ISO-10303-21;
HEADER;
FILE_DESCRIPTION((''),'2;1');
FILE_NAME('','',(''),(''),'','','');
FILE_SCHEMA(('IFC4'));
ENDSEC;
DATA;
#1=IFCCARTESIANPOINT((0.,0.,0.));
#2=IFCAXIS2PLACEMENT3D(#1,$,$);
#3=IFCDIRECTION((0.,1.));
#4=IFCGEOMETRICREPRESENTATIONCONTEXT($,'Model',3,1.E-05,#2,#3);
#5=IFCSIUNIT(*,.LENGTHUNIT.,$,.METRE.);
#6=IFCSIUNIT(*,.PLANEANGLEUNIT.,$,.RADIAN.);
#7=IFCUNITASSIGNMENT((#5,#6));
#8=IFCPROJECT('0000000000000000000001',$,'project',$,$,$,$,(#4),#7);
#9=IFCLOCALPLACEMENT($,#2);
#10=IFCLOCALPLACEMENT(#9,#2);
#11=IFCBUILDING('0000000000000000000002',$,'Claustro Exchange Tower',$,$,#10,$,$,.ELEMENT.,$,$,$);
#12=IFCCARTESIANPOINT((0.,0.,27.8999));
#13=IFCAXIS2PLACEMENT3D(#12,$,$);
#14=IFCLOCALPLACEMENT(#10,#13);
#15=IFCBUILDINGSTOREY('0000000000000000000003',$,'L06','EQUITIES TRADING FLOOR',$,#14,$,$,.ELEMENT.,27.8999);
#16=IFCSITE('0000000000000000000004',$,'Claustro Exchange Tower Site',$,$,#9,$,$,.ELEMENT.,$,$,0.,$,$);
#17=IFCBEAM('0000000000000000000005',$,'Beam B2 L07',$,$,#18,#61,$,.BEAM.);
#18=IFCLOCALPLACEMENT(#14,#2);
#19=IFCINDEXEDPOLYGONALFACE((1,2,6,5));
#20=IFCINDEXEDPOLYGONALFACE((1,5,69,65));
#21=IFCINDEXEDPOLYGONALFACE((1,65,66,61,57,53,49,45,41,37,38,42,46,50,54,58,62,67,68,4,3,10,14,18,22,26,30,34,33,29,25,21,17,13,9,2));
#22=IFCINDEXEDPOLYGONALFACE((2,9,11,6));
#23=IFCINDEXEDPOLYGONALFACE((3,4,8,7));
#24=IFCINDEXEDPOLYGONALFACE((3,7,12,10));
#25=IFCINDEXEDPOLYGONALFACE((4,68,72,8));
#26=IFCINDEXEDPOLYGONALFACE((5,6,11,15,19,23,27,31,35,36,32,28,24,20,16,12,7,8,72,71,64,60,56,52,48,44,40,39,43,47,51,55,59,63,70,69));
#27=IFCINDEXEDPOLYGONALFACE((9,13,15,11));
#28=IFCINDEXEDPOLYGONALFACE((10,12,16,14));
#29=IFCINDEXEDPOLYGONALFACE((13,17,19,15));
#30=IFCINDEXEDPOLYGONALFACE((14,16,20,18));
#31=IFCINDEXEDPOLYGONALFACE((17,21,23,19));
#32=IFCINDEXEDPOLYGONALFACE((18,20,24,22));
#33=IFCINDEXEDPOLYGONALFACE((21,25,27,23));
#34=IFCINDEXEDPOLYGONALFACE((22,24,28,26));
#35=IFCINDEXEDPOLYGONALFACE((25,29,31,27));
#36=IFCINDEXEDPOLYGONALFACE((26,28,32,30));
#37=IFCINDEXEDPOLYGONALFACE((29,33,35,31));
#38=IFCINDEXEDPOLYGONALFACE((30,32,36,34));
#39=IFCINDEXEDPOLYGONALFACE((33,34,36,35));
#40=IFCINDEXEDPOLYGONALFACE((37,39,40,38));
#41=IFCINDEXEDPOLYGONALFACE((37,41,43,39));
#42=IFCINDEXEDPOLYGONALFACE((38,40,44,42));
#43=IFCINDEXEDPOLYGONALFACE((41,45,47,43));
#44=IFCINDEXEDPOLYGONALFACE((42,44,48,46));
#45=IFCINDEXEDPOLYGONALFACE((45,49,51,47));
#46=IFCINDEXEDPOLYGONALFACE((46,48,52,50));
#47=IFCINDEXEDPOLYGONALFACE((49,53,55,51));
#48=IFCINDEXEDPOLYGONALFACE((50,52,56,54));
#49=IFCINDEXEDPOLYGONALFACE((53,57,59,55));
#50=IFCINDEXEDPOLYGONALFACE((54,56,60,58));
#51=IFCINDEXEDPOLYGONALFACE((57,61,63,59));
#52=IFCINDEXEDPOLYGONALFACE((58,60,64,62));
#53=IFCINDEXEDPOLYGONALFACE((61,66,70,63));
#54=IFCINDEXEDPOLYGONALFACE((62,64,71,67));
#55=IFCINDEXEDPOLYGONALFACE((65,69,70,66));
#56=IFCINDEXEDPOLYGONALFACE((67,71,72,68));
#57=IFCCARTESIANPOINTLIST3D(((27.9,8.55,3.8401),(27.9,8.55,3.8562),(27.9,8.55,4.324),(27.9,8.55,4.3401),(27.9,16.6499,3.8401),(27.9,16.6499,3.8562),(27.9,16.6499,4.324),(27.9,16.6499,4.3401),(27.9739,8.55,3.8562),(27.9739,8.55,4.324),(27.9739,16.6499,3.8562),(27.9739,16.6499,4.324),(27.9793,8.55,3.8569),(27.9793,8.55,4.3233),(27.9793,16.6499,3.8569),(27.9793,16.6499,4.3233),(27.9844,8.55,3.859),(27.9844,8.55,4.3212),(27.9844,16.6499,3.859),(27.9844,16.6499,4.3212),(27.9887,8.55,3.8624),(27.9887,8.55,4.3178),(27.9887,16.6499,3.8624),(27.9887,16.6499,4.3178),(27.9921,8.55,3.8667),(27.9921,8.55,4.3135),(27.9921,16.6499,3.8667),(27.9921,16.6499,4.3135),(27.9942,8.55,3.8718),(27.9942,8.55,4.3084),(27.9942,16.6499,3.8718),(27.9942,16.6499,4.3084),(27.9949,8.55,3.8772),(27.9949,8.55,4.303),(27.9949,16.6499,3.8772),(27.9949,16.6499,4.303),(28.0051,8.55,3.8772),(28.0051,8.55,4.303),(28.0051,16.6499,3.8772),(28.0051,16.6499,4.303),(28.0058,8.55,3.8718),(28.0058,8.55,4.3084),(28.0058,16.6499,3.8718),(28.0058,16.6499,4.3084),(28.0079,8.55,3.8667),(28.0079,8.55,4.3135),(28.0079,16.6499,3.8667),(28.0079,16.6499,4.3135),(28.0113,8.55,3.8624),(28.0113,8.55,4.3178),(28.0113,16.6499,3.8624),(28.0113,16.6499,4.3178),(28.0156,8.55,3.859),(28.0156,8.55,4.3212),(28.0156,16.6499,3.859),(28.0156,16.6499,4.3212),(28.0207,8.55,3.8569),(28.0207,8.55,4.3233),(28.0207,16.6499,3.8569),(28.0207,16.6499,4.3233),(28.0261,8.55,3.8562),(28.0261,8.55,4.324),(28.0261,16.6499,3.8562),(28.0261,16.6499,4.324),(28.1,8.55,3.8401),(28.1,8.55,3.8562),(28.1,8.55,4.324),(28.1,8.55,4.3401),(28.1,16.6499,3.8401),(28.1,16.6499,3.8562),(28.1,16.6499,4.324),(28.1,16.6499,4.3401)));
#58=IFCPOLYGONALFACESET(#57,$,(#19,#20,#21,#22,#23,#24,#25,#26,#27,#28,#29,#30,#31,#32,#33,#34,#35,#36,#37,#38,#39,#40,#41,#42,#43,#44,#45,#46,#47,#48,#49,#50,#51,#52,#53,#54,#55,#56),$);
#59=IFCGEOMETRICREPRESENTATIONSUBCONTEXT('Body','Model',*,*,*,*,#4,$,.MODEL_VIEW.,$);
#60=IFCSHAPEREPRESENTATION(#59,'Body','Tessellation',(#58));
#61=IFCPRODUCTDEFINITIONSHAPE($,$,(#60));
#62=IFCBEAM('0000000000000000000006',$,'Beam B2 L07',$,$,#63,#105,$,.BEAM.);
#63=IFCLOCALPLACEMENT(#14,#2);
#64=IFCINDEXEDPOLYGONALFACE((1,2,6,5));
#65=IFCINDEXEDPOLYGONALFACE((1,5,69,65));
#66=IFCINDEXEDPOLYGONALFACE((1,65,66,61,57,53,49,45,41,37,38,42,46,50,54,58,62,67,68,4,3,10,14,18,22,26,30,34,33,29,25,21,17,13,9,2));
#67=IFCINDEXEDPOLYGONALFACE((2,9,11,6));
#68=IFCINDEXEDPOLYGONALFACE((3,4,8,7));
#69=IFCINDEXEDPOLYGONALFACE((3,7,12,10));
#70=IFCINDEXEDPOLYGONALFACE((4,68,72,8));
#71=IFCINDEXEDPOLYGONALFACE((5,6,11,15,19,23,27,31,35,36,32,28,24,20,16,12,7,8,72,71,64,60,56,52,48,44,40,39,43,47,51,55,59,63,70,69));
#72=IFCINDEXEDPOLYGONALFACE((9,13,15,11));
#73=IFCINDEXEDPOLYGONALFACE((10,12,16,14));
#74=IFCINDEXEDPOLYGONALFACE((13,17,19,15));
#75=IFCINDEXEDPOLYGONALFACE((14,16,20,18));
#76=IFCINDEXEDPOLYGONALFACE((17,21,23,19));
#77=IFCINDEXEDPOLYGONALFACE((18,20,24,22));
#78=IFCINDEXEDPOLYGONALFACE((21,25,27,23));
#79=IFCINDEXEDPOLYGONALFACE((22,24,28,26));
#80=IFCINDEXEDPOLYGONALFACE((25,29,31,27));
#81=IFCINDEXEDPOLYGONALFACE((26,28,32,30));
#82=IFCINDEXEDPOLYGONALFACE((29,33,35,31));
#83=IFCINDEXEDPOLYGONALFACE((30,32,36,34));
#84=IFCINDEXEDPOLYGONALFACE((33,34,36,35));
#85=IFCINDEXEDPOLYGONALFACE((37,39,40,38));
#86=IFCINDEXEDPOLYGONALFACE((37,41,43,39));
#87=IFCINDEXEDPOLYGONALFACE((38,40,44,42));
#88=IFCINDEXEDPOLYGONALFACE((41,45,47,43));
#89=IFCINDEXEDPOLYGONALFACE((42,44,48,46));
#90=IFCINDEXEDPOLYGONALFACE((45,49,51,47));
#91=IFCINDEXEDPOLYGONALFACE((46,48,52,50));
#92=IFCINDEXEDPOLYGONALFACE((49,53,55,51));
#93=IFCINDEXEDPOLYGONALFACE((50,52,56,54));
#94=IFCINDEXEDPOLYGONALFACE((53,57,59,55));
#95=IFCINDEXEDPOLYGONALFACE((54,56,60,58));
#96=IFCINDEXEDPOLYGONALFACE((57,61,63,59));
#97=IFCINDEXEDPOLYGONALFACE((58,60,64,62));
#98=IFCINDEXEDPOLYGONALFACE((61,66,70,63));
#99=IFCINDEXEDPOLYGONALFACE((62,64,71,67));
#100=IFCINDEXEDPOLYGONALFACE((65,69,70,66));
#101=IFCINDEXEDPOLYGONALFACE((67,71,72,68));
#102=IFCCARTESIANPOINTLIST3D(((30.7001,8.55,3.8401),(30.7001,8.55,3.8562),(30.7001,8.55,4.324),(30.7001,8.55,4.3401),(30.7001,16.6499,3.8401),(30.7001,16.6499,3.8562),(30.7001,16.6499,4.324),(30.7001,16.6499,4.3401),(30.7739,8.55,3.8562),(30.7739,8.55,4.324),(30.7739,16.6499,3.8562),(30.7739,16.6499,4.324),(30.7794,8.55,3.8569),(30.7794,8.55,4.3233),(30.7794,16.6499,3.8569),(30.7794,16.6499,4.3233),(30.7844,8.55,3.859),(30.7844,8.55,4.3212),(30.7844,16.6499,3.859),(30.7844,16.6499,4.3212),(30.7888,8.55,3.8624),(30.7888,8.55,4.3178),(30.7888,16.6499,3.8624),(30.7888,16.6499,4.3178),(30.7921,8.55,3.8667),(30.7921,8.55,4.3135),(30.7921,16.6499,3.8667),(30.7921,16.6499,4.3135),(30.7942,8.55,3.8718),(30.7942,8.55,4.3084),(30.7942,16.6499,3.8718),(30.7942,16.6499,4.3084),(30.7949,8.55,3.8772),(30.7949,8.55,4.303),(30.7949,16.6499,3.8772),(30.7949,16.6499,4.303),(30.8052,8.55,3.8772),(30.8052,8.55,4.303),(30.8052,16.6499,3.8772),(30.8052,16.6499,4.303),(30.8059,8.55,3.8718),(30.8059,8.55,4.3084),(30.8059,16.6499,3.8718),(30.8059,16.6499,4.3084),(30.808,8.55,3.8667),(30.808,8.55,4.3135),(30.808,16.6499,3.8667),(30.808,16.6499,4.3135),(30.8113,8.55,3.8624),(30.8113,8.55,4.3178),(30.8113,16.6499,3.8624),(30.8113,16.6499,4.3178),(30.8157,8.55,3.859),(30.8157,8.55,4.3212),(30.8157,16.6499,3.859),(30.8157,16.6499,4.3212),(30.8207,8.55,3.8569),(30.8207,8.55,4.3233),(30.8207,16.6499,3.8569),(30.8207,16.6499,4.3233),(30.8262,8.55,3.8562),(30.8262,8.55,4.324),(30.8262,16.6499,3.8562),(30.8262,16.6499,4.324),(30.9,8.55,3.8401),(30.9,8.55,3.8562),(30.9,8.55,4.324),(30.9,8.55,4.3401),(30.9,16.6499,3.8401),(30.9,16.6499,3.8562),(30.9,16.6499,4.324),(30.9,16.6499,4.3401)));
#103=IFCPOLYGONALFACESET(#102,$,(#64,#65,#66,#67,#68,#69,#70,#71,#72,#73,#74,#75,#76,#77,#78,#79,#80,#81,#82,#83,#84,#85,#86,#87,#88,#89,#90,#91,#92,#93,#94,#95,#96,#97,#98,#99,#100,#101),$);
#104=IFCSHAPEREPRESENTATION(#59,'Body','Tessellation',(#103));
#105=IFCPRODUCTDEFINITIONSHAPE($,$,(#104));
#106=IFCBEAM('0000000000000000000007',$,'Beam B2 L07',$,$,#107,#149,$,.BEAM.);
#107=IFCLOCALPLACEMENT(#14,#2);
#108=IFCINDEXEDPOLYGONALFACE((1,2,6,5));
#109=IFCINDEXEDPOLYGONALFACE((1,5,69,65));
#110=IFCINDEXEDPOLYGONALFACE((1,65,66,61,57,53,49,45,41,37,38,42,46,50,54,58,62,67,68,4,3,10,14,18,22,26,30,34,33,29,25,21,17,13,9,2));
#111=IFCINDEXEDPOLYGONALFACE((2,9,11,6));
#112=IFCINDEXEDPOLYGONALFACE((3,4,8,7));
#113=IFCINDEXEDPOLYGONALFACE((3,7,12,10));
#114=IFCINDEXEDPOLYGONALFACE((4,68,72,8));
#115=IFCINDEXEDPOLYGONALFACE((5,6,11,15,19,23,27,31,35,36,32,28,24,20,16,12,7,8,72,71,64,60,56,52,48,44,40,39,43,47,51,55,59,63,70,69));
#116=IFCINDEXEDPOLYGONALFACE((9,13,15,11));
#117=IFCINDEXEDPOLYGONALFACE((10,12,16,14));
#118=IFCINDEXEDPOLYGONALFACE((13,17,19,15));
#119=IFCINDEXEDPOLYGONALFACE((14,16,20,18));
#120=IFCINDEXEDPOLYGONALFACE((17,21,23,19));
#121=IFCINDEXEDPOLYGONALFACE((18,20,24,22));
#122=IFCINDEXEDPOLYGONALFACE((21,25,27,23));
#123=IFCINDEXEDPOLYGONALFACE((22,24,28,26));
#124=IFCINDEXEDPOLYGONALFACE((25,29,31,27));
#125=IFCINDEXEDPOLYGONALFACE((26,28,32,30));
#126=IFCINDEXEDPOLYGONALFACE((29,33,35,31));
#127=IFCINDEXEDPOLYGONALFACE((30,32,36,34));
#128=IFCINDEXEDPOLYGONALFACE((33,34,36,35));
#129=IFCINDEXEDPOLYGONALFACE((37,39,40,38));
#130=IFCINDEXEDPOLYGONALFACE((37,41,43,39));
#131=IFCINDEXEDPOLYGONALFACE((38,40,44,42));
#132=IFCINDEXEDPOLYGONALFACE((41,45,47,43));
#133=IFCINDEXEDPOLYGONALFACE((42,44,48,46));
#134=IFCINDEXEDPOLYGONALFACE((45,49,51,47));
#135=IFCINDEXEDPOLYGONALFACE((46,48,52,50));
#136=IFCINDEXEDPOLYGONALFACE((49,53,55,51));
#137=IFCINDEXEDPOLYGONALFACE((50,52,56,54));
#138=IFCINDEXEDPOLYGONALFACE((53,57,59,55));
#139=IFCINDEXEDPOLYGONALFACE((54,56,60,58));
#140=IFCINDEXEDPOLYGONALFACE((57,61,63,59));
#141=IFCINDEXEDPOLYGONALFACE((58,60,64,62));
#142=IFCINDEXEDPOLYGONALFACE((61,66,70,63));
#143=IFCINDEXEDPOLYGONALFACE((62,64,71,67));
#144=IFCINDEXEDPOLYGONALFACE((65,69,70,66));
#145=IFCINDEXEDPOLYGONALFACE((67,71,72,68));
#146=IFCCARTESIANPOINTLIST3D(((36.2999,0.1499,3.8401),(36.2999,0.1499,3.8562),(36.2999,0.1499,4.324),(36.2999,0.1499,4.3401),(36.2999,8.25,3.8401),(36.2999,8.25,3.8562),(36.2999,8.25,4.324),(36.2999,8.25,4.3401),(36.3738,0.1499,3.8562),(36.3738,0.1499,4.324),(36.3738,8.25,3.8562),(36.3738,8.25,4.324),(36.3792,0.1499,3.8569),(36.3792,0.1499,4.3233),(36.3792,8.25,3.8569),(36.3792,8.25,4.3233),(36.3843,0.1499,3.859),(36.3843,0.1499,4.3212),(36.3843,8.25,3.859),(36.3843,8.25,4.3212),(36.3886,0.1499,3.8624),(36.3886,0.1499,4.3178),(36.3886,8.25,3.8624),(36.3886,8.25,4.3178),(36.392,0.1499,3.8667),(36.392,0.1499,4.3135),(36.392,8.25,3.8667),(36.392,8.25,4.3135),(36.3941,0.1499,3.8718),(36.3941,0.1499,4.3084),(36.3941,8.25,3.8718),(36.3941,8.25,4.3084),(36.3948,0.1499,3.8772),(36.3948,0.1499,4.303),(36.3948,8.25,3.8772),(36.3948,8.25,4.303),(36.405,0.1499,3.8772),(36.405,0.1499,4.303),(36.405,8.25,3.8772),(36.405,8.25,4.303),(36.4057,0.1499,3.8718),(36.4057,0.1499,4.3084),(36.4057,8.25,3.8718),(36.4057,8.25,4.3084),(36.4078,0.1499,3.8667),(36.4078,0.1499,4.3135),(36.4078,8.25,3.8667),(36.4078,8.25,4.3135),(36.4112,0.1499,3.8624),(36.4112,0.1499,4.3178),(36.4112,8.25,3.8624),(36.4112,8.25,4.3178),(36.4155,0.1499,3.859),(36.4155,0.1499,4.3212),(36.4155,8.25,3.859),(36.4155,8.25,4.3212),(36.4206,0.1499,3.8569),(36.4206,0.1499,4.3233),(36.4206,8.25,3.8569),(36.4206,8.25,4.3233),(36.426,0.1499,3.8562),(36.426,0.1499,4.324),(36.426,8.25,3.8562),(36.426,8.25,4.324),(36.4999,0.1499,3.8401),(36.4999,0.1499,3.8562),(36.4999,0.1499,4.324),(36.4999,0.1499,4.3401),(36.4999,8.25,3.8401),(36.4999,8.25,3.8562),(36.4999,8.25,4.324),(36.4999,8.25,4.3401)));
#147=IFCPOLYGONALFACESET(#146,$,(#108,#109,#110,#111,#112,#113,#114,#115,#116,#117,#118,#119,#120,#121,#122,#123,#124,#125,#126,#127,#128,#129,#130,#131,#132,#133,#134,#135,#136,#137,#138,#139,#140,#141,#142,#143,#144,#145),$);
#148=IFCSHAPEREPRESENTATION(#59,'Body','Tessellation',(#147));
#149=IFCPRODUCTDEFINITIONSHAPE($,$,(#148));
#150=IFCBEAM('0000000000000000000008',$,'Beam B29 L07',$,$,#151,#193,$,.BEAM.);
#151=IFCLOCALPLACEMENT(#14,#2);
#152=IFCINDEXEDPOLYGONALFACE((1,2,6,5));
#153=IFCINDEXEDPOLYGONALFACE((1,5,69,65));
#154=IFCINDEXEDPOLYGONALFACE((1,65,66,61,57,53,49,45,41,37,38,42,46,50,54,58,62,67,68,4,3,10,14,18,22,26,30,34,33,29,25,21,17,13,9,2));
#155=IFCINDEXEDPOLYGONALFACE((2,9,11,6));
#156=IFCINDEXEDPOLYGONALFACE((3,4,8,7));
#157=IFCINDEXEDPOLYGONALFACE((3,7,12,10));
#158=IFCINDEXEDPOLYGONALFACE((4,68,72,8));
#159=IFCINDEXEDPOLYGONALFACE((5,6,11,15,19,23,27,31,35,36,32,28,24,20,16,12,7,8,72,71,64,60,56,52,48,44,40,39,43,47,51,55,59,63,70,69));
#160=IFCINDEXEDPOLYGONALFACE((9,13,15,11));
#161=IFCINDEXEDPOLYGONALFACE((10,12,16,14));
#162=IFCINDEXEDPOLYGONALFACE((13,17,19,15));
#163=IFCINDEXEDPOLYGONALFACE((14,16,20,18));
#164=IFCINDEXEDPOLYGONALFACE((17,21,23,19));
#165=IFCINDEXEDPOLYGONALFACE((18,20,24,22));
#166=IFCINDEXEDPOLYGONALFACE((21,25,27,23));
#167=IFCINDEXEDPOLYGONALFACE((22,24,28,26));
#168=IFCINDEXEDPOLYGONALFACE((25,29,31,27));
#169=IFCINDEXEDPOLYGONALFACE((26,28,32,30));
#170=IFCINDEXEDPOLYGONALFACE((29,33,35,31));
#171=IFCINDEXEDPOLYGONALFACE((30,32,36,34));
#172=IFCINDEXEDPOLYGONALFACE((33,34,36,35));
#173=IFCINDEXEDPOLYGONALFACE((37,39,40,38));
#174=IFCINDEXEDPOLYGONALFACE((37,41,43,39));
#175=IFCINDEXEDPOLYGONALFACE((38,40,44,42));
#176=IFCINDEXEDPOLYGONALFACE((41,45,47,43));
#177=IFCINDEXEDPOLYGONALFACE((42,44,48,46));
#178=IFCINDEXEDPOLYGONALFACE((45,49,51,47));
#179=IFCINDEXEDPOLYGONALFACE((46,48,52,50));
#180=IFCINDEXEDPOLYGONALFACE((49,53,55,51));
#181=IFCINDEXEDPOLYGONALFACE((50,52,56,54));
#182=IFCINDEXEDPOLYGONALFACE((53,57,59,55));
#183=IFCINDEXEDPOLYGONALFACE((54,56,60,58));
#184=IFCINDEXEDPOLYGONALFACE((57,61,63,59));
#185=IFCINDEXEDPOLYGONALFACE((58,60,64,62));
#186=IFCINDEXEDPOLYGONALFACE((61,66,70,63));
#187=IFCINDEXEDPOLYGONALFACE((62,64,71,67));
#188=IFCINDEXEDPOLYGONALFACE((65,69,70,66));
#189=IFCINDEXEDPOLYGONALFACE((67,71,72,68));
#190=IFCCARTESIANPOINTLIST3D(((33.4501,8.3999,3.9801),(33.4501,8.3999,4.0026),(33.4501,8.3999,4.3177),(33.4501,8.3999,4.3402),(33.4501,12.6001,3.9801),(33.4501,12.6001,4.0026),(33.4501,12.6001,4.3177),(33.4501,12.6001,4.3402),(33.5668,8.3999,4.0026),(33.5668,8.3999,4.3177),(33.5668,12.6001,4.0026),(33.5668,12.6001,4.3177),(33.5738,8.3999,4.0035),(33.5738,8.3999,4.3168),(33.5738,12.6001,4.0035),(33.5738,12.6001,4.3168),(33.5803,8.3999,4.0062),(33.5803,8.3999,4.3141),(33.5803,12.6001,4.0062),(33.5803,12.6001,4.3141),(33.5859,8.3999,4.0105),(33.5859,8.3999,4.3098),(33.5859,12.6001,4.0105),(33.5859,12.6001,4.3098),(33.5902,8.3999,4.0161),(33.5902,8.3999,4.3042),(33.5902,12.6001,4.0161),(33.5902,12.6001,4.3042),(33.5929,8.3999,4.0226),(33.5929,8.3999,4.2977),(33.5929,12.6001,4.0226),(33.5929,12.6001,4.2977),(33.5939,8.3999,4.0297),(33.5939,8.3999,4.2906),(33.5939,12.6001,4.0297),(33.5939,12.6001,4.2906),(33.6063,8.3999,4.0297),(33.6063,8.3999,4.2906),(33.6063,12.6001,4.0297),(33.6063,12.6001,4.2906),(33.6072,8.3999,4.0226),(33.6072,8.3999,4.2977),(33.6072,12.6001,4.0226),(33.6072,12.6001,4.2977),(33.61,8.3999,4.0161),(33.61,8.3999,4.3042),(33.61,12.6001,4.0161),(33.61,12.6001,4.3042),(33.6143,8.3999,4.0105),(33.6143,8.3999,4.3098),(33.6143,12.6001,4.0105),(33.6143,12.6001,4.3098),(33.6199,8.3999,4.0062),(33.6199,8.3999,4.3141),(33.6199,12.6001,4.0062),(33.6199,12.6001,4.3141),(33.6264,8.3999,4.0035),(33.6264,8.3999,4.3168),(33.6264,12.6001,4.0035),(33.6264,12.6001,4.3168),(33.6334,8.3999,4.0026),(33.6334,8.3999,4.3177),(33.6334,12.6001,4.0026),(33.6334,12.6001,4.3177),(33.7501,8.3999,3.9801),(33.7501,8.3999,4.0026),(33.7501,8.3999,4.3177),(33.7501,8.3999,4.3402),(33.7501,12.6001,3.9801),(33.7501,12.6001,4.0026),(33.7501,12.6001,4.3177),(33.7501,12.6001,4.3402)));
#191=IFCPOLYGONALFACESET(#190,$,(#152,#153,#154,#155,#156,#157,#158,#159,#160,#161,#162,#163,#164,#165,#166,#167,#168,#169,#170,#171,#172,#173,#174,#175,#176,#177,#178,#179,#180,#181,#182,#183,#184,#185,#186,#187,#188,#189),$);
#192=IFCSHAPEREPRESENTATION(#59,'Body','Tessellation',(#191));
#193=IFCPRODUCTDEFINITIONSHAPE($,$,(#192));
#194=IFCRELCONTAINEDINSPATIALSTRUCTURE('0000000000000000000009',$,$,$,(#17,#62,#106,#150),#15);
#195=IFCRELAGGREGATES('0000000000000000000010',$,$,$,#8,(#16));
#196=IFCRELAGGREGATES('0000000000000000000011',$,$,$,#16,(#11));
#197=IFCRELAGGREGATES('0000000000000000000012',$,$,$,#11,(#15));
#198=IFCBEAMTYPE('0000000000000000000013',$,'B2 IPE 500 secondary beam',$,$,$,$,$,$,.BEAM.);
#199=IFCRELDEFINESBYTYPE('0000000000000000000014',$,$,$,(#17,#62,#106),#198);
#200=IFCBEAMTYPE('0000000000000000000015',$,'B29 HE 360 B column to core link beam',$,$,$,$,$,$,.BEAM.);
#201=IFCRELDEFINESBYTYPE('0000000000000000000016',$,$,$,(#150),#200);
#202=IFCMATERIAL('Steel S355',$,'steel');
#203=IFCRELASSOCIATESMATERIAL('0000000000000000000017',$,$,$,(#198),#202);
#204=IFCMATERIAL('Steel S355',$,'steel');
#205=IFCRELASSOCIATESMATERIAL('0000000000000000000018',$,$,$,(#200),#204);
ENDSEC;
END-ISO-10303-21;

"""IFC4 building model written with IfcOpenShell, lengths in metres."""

from ifc_helpers import new_model, si_unit, direction, frame, origin, origin_2d, place, context, subcontext, project, spatial, i_section, extrude, material, material_profile, profile_set, type_object, element, save


model = new_model("IFC4")

# Units and contexts
model_context = context("Model", 3, precision=1e-05, world=origin(), true_north=direction((0.0, 1.0)))
body_context = subcontext(model_context, "Body", "Model", "MODEL_VIEW")
ifc_project = project(units=[si_unit("LENGTHUNIT", "METRE"), si_unit("PLANEANGLEUNIT", "RADIAN")], contexts=[model_context])

# Site, building, storey
site_placement = place(None, origin())
site = spatial("IfcSite", under=ifc_project, at=site_placement, Name="Claustro Exchange Tower Site", CompositionType="ELEMENT", RefElevation=0.0)
building_placement = place(site_placement, origin())
building = spatial("IfcBuilding", under=site, at=building_placement, Name="Claustro Exchange Tower", CompositionType="ELEMENT")
storey_placement = place(building_placement, frame((0.0, 0.0, 27.8999)))
storey = spatial("IfcBuildingStorey", under=building, at=storey_placement, Name="L06", Description="EQUITIES TRADING FLOOR", CompositionType="ELEMENT", Elevation=27.8999)

# Beams
ifc_material_1 = material(Name="Steel S355", Category="steel")
ifc_material_profile_1 = material_profile(ifc_material_1, i_section(OverallWidth=0.2, OverallDepth=0.5, WebThickness=0.0103, FlangeThickness=0.0161, FilletRadius=0.021, at=origin_2d()), Name="IPE 500")
ifc_profile_set_1 = profile_set([ifc_material_profile_1], Name="Steel S355")
beam_type_1 = type_object("IfcBeamType", Name="B2 IPE 500 secondary beam", PredefinedType="BEAM", material=ifc_profile_set_1)
for number, where, z_axis, x_axis, name in (
    (1, (28.0, 8.55, 4.0901), (0.0, 1.0, 0.0), (-1.0, 0.0, 0.0), "Beam B2 L07"),
    (2, (30.8, 8.55, 4.0901), (0.0, 1.0, 0.0), (-1.0, 0.0, 0.0), "Beam B2 L07"),
):
    element("IfcBeam", number, at=place(storey_placement, frame(where, z_axis=z_axis, x_axis=x_axis)), inside=storey, type_object=beam_type_1, Name=name, PredefinedType="BEAM", context=body_context, shape_type="SweptSolid", body=[
        extrude(i_section(OverallWidth=0.2, OverallDepth=0.5, WebThickness=0.0103, FlangeThickness=0.0161, FilletRadius=0.021, at=origin_2d()), origin(), (0.0, 0.0, 1.0), 8.0999),
    ])
beam_1_placement = place(storey_placement, frame((36.3999, 0.1499, 4.0901), z_axis=(0.0, 1.0, 0.0), x_axis=(-1.0, 0.0, 0.0)))
element("IfcBeam", 3, at=beam_1_placement, inside=storey, type_object=beam_type_1, Name="Beam B2 L07", PredefinedType="BEAM", context=body_context, shape_type="SweptSolid", body=[
    extrude(i_section(OverallWidth=0.2, OverallDepth=0.5, WebThickness=0.0103, FlangeThickness=0.0161, FilletRadius=0.021, at=origin_2d()), origin(), (0.0, 0.0, 1.0), 8.1001),
])
ifc_material_2 = material(Name="Steel S355", Category="steel")
ifc_material_profile_2 = material_profile(ifc_material_2, i_section(OverallWidth=0.3, OverallDepth=0.3601, WebThickness=0.0125, FlangeThickness=0.0225, FilletRadius=0.0271, at=origin_2d()), Name="HE 360 B")
ifc_profile_set_2 = profile_set([ifc_material_profile_2], Name="Steel S355")
beam_type_2 = type_object("IfcBeamType", Name="B29 HE 360 B column to core link beam", PredefinedType="BEAM", material=ifc_profile_set_2)
beam_2_placement = place(storey_placement, frame((33.6001, 8.3999, 4.1602), z_axis=(0.0, 1.0, 0.0), x_axis=(-1.0, 0.0, 0.0)))
element("IfcBeam", 4, at=beam_2_placement, inside=storey, type_object=beam_type_2, Name="Beam B29 L07", PredefinedType="BEAM", context=body_context, shape_type="SweptSolid", body=[
    extrude(i_section(OverallWidth=0.3, OverallDepth=0.3601, WebThickness=0.0125, FlangeThickness=0.0225, FilletRadius=0.0271, at=origin_2d()), origin(), (0.0, 0.0, 1.0), 4.2002),
])

save(model, "model.ifc")
